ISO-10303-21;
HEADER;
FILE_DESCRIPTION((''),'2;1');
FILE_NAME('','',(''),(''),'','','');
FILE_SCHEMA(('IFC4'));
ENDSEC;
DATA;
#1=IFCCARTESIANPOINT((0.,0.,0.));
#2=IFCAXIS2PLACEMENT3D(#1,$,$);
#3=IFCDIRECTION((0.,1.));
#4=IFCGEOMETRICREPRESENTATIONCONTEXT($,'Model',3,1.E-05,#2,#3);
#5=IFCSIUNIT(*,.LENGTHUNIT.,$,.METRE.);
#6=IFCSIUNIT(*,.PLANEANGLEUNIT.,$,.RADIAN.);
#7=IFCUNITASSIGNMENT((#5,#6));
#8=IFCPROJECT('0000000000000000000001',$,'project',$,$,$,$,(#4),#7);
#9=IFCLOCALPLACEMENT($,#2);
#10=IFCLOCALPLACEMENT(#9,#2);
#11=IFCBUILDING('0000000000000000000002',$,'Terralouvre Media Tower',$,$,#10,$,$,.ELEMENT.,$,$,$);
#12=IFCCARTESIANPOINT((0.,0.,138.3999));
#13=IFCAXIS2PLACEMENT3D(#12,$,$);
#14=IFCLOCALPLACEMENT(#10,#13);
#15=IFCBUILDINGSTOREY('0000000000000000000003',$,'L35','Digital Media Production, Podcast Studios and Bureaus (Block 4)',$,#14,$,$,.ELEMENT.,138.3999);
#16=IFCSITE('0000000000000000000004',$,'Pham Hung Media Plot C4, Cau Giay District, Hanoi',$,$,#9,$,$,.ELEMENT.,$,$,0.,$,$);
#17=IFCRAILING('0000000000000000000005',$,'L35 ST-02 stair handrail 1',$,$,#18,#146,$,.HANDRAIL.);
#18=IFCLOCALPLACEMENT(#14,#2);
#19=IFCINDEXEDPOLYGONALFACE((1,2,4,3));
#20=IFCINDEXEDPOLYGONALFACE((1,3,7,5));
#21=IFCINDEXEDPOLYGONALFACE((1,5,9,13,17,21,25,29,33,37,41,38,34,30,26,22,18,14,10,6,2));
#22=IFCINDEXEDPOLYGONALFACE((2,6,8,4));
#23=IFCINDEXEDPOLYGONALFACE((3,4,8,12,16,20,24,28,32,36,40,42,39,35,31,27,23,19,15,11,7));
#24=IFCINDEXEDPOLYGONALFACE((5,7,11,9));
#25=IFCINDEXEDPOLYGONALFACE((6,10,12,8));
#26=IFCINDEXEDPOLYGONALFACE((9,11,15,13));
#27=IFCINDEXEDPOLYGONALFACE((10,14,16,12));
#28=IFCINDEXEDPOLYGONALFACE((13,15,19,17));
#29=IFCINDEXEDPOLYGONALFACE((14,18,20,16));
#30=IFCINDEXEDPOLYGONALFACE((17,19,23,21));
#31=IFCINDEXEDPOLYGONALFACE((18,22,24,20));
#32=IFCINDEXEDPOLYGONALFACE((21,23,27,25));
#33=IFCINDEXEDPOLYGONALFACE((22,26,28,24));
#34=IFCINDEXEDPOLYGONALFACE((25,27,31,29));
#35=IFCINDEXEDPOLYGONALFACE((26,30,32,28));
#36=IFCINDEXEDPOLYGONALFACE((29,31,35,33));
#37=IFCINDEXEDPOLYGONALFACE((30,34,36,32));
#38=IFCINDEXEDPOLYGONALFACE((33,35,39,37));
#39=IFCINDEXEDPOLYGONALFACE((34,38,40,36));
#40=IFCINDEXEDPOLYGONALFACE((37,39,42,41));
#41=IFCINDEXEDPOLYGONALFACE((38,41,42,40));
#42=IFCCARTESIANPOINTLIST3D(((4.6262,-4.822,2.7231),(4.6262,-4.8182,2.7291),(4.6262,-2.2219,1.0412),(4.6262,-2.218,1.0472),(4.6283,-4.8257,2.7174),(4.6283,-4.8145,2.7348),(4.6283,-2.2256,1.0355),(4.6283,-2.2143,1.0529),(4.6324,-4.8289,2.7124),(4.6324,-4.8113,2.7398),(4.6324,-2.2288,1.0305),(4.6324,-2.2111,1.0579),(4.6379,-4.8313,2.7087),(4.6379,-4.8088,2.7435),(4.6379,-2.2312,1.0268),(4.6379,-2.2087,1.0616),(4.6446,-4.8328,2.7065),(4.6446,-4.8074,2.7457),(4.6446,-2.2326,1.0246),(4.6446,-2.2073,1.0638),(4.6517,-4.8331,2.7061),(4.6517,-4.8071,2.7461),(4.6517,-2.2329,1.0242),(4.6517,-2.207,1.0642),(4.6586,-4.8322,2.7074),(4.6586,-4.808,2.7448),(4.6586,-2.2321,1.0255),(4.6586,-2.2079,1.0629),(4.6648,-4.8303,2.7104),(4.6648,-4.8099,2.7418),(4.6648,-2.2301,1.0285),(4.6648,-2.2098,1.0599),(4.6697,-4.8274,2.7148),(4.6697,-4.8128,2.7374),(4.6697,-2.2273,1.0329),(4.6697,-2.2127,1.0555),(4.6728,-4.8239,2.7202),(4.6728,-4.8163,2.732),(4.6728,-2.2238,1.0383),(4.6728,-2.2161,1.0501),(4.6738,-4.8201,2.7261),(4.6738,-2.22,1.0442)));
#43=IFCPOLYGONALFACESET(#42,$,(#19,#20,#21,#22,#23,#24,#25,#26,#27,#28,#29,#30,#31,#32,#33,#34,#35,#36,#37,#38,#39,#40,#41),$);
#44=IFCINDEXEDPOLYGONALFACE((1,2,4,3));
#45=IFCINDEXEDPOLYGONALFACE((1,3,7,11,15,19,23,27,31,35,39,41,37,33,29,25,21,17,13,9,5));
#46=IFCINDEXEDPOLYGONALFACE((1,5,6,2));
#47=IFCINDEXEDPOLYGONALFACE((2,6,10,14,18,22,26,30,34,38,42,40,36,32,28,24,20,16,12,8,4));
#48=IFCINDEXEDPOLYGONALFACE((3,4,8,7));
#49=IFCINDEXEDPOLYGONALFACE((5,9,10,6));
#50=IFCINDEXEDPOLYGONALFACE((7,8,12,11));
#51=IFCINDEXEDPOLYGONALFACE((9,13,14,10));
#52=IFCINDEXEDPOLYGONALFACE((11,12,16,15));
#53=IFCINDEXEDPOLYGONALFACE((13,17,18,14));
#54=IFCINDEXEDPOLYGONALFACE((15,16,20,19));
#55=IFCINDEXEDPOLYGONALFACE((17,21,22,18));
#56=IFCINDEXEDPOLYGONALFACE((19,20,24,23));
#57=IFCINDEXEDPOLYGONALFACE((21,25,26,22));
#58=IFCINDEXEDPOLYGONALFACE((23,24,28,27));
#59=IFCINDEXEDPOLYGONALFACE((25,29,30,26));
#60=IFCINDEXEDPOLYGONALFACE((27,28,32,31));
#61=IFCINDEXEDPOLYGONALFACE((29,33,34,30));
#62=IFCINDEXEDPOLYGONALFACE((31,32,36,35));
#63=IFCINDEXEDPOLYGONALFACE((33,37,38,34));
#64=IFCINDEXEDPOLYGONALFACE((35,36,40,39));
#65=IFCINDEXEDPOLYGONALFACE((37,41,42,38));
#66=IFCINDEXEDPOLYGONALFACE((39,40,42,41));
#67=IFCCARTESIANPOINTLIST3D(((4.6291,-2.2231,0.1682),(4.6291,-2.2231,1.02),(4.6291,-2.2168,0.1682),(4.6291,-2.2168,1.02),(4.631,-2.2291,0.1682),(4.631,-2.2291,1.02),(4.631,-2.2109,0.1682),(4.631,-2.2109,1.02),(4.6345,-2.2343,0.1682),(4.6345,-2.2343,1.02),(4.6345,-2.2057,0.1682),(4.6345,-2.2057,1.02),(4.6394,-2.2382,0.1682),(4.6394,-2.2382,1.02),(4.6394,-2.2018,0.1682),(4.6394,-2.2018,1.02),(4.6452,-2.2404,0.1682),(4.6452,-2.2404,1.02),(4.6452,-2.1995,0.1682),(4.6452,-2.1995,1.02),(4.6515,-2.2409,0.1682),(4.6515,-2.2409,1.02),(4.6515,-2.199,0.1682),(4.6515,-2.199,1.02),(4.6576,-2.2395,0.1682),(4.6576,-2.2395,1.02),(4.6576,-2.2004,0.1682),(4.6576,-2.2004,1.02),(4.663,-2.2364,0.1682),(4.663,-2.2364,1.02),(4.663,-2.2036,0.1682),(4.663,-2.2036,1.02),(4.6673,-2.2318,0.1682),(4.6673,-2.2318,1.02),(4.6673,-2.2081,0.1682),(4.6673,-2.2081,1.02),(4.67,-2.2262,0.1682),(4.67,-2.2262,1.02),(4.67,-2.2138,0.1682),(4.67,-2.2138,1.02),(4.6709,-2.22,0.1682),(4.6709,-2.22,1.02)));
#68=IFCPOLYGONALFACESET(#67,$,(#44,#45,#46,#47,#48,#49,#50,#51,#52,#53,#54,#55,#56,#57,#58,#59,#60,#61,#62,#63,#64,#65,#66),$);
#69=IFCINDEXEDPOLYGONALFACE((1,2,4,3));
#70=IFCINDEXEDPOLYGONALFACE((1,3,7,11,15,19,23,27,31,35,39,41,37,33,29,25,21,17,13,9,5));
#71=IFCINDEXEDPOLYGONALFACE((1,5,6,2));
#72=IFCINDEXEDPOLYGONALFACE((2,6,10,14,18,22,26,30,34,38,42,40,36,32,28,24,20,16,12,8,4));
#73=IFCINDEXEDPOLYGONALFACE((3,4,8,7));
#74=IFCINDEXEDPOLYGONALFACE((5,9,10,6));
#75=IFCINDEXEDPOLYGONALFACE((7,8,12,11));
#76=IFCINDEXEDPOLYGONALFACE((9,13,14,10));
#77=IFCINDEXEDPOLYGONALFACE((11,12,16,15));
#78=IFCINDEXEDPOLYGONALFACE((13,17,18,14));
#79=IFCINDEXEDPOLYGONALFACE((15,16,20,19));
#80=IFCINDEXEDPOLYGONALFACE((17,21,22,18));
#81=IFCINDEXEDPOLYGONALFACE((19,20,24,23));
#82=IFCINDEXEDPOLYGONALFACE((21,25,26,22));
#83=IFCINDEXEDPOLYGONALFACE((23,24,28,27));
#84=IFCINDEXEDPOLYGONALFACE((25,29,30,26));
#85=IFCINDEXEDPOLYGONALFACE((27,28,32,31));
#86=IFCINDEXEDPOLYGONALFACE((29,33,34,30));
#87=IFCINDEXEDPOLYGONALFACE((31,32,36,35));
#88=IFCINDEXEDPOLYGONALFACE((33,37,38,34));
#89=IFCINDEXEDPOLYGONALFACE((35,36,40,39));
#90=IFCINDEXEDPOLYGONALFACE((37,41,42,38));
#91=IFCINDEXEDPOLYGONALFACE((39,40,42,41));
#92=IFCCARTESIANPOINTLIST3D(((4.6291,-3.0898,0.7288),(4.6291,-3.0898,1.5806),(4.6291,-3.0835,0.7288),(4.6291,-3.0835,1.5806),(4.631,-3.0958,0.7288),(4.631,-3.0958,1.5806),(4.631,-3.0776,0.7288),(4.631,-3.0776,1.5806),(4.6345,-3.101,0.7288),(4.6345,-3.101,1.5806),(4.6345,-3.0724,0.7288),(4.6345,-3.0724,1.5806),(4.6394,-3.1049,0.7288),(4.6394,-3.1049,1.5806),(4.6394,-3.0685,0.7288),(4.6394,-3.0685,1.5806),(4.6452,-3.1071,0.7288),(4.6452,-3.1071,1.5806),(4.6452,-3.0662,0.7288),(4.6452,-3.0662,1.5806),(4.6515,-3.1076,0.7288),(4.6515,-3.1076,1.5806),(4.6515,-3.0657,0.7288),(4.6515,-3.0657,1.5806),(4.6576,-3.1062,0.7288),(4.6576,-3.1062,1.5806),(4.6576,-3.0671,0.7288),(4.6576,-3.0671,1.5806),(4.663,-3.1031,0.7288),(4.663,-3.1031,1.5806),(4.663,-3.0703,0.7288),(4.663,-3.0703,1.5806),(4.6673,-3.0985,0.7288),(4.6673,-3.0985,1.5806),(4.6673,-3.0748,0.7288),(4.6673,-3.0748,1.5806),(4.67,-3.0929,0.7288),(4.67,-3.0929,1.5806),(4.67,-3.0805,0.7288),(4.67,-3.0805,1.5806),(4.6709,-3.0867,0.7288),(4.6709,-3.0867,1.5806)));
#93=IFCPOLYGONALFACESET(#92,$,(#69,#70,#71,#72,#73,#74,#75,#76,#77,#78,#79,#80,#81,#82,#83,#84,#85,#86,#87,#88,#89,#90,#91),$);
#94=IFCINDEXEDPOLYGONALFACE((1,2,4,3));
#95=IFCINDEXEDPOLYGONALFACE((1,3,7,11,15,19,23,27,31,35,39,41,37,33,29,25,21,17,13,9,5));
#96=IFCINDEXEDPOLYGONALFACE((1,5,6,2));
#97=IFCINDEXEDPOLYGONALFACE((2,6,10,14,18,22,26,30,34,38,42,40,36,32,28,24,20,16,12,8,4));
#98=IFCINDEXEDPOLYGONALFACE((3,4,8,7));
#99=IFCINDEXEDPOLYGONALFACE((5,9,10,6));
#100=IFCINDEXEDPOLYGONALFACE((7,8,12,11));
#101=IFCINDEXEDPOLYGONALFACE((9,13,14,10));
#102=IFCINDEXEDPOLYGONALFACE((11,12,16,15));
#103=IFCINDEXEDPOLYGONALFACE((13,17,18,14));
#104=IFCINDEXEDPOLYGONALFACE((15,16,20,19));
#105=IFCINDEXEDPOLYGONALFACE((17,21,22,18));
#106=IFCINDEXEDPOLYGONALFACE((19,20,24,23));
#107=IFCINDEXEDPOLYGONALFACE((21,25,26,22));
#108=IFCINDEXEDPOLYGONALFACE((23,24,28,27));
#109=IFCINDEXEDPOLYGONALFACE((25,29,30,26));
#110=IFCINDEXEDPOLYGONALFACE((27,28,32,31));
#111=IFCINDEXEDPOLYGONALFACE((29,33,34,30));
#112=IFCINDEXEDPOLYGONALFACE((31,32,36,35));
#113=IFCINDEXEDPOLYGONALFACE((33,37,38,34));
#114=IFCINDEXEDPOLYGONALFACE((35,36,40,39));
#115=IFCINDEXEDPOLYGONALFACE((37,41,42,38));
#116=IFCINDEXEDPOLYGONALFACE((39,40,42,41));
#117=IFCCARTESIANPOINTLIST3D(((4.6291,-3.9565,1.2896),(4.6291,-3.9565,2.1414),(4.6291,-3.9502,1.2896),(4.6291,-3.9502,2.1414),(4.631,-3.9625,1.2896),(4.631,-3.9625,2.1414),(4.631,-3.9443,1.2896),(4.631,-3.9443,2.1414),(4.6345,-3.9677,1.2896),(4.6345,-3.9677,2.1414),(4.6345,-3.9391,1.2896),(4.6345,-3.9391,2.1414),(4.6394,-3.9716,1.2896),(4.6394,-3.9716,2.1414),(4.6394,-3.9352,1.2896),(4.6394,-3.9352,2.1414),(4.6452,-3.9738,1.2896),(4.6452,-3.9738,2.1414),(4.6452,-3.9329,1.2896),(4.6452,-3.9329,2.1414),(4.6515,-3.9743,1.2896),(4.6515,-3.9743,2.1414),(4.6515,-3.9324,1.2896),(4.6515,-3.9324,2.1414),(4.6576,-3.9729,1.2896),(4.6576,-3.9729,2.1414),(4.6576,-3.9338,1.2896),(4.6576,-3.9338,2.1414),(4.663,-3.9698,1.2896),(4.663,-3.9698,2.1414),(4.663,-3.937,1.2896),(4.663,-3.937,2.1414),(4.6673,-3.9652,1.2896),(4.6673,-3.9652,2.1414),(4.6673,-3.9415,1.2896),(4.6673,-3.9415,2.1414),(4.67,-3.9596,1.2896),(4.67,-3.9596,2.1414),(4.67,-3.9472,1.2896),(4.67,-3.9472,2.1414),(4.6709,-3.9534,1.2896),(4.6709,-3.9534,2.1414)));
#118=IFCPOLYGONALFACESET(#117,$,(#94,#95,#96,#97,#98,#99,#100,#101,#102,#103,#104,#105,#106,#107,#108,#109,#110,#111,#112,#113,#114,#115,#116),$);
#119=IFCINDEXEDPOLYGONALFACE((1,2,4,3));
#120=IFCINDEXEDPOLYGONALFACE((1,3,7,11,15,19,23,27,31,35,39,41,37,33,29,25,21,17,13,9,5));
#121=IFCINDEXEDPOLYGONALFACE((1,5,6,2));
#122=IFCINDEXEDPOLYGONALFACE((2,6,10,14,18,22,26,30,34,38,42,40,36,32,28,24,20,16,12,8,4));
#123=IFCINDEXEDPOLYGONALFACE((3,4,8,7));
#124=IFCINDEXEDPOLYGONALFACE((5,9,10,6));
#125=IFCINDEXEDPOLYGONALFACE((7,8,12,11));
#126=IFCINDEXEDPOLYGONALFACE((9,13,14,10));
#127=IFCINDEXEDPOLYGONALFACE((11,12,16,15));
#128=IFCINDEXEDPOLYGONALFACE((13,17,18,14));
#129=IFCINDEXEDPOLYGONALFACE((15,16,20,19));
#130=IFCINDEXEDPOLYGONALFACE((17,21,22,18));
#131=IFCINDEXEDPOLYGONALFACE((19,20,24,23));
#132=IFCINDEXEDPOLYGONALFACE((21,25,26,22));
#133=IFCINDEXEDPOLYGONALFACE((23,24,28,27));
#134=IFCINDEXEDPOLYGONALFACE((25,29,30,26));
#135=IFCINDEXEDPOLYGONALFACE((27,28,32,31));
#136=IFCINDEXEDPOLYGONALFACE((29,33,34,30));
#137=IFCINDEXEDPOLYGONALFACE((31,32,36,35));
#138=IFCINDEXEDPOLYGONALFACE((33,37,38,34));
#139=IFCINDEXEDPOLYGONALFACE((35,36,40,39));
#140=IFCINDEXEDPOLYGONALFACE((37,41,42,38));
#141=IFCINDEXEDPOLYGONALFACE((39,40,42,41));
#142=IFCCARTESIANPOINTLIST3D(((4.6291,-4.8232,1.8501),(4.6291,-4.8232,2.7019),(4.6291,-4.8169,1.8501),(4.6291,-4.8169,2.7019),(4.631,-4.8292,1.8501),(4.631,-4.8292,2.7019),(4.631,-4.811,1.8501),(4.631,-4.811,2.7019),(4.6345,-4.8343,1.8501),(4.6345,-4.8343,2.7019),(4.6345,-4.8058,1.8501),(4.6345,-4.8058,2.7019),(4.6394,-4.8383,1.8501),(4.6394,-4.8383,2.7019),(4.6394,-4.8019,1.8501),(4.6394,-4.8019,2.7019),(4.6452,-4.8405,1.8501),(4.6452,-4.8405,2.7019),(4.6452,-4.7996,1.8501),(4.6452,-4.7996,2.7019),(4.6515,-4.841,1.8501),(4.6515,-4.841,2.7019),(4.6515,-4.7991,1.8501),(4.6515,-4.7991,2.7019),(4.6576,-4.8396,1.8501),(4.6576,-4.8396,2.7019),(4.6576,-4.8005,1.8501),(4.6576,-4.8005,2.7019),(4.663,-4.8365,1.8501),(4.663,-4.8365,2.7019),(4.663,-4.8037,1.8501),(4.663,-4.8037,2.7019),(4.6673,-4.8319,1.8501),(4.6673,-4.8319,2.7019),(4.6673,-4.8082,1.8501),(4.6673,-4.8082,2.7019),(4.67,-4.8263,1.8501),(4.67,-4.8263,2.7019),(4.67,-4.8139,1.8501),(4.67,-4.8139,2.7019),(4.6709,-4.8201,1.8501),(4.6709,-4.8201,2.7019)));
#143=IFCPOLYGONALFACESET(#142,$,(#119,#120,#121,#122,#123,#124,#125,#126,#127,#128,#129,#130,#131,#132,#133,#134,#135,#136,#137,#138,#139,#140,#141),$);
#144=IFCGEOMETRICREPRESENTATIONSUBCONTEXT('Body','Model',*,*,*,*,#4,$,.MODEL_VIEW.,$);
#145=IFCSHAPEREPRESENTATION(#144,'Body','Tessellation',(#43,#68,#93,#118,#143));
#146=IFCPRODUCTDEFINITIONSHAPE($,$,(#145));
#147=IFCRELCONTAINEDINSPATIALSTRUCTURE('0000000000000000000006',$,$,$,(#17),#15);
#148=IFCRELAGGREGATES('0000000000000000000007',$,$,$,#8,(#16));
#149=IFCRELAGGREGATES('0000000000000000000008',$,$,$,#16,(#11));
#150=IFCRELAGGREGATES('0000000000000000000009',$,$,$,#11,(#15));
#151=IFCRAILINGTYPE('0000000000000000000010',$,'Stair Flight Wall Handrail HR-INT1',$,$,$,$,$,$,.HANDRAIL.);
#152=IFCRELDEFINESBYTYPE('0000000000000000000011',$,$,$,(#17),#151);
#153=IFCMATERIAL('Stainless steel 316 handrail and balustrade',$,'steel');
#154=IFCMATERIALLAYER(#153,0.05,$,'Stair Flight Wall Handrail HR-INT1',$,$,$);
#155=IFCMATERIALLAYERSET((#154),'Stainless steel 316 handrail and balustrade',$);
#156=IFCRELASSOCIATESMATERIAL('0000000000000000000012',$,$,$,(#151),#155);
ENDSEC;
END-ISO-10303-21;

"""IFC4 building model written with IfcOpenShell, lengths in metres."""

from ifc_helpers import new_model, si_unit, direction, frame, origin, origin_2d, place, context, subcontext, project, spatial, circle, extrude, material, layer, layer_set, type_object, element, save


model = new_model("IFC4")

# Units and contexts
model_context = context("Model", 3, precision=1e-05, world=origin(), true_north=direction((0.0, 1.0)))
body_context = subcontext(model_context, "Body", "Model", "MODEL_VIEW")
ifc_project = project(units=[si_unit("LENGTHUNIT", "METRE"), si_unit("PLANEANGLEUNIT", "RADIAN")], contexts=[model_context])

# Site, building, storey
site_placement = place(None, origin())
site = spatial("IfcSite", under=ifc_project, at=site_placement, Name="Pham Hung Media Plot C4, Cau Giay District, Hanoi", CompositionType="ELEMENT", RefElevation=0.0)
building_placement = place(site_placement, origin())
building = spatial("IfcBuilding", under=site, at=building_placement, Name="Terralouvre Media Tower", CompositionType="ELEMENT")
storey_placement = place(building_placement, frame((0.0, 0.0, 138.3999)))
storey = spatial("IfcBuildingStorey", under=building, at=storey_placement, Name="L35", Description="Digital Media Production, Podcast Studios and Bureaus (Block 4)", CompositionType="ELEMENT", Elevation=138.3999)

# Railing
ifc_material_1 = material(Name="Stainless steel 316 handrail and balustrade", Category="steel")
ifc_layer_1 = layer(ifc_material_1, 0.05, Name="Stair Flight Wall Handrail HR-INT1")
ifc_layer_set_1 = layer_set([ifc_layer_1], Name="Stainless steel 316 handrail and balustrade")
railing_type_1 = type_object("IfcRailingType", Name="Stair Flight Wall Handrail HR-INT1", PredefinedType="HANDRAIL", material=ifc_layer_set_1)
railing_1_placement = place(storey_placement, frame((4.6499, -2.22, 0.1682)))
element("IfcRailing", 1, at=railing_1_placement, inside=storey, type_object=railing_type_1, Name="L35 ST-02 stair handrail 1", PredefinedType="HANDRAIL", context=body_context, shape_type="SweptSolid", body=[
    extrude(circle(Radius=0.0239, at=origin_2d()), frame((0.0, 0.0, 0.876), z_axis=(0.0, -0.839648, 0.54313), x_axis=(1.0, 0.0, 0.0)), (0.0, 0.0, 1.0), 3.0967),
    extrude(circle(Radius=0.021, at=origin_2d()), origin(), (0.0, 0.0, 1.0), 0.8518),
    extrude(circle(Radius=0.021, at=origin_2d()), frame((0.0, -0.8667, 0.5605)), (0.0, 0.0, 1.0), 0.8518),
    extrude(circle(Radius=0.021, at=origin_2d()), frame((0.0, -1.7334, 1.1213)), (0.0, 0.0, 1.0), 0.8518),
    extrude(circle(Radius=0.021, at=origin_2d()), frame((0.0, -2.6001, 1.6819)), (0.0, 0.0, 1.0), 0.8518),
])

save(model, "model.ifc")
